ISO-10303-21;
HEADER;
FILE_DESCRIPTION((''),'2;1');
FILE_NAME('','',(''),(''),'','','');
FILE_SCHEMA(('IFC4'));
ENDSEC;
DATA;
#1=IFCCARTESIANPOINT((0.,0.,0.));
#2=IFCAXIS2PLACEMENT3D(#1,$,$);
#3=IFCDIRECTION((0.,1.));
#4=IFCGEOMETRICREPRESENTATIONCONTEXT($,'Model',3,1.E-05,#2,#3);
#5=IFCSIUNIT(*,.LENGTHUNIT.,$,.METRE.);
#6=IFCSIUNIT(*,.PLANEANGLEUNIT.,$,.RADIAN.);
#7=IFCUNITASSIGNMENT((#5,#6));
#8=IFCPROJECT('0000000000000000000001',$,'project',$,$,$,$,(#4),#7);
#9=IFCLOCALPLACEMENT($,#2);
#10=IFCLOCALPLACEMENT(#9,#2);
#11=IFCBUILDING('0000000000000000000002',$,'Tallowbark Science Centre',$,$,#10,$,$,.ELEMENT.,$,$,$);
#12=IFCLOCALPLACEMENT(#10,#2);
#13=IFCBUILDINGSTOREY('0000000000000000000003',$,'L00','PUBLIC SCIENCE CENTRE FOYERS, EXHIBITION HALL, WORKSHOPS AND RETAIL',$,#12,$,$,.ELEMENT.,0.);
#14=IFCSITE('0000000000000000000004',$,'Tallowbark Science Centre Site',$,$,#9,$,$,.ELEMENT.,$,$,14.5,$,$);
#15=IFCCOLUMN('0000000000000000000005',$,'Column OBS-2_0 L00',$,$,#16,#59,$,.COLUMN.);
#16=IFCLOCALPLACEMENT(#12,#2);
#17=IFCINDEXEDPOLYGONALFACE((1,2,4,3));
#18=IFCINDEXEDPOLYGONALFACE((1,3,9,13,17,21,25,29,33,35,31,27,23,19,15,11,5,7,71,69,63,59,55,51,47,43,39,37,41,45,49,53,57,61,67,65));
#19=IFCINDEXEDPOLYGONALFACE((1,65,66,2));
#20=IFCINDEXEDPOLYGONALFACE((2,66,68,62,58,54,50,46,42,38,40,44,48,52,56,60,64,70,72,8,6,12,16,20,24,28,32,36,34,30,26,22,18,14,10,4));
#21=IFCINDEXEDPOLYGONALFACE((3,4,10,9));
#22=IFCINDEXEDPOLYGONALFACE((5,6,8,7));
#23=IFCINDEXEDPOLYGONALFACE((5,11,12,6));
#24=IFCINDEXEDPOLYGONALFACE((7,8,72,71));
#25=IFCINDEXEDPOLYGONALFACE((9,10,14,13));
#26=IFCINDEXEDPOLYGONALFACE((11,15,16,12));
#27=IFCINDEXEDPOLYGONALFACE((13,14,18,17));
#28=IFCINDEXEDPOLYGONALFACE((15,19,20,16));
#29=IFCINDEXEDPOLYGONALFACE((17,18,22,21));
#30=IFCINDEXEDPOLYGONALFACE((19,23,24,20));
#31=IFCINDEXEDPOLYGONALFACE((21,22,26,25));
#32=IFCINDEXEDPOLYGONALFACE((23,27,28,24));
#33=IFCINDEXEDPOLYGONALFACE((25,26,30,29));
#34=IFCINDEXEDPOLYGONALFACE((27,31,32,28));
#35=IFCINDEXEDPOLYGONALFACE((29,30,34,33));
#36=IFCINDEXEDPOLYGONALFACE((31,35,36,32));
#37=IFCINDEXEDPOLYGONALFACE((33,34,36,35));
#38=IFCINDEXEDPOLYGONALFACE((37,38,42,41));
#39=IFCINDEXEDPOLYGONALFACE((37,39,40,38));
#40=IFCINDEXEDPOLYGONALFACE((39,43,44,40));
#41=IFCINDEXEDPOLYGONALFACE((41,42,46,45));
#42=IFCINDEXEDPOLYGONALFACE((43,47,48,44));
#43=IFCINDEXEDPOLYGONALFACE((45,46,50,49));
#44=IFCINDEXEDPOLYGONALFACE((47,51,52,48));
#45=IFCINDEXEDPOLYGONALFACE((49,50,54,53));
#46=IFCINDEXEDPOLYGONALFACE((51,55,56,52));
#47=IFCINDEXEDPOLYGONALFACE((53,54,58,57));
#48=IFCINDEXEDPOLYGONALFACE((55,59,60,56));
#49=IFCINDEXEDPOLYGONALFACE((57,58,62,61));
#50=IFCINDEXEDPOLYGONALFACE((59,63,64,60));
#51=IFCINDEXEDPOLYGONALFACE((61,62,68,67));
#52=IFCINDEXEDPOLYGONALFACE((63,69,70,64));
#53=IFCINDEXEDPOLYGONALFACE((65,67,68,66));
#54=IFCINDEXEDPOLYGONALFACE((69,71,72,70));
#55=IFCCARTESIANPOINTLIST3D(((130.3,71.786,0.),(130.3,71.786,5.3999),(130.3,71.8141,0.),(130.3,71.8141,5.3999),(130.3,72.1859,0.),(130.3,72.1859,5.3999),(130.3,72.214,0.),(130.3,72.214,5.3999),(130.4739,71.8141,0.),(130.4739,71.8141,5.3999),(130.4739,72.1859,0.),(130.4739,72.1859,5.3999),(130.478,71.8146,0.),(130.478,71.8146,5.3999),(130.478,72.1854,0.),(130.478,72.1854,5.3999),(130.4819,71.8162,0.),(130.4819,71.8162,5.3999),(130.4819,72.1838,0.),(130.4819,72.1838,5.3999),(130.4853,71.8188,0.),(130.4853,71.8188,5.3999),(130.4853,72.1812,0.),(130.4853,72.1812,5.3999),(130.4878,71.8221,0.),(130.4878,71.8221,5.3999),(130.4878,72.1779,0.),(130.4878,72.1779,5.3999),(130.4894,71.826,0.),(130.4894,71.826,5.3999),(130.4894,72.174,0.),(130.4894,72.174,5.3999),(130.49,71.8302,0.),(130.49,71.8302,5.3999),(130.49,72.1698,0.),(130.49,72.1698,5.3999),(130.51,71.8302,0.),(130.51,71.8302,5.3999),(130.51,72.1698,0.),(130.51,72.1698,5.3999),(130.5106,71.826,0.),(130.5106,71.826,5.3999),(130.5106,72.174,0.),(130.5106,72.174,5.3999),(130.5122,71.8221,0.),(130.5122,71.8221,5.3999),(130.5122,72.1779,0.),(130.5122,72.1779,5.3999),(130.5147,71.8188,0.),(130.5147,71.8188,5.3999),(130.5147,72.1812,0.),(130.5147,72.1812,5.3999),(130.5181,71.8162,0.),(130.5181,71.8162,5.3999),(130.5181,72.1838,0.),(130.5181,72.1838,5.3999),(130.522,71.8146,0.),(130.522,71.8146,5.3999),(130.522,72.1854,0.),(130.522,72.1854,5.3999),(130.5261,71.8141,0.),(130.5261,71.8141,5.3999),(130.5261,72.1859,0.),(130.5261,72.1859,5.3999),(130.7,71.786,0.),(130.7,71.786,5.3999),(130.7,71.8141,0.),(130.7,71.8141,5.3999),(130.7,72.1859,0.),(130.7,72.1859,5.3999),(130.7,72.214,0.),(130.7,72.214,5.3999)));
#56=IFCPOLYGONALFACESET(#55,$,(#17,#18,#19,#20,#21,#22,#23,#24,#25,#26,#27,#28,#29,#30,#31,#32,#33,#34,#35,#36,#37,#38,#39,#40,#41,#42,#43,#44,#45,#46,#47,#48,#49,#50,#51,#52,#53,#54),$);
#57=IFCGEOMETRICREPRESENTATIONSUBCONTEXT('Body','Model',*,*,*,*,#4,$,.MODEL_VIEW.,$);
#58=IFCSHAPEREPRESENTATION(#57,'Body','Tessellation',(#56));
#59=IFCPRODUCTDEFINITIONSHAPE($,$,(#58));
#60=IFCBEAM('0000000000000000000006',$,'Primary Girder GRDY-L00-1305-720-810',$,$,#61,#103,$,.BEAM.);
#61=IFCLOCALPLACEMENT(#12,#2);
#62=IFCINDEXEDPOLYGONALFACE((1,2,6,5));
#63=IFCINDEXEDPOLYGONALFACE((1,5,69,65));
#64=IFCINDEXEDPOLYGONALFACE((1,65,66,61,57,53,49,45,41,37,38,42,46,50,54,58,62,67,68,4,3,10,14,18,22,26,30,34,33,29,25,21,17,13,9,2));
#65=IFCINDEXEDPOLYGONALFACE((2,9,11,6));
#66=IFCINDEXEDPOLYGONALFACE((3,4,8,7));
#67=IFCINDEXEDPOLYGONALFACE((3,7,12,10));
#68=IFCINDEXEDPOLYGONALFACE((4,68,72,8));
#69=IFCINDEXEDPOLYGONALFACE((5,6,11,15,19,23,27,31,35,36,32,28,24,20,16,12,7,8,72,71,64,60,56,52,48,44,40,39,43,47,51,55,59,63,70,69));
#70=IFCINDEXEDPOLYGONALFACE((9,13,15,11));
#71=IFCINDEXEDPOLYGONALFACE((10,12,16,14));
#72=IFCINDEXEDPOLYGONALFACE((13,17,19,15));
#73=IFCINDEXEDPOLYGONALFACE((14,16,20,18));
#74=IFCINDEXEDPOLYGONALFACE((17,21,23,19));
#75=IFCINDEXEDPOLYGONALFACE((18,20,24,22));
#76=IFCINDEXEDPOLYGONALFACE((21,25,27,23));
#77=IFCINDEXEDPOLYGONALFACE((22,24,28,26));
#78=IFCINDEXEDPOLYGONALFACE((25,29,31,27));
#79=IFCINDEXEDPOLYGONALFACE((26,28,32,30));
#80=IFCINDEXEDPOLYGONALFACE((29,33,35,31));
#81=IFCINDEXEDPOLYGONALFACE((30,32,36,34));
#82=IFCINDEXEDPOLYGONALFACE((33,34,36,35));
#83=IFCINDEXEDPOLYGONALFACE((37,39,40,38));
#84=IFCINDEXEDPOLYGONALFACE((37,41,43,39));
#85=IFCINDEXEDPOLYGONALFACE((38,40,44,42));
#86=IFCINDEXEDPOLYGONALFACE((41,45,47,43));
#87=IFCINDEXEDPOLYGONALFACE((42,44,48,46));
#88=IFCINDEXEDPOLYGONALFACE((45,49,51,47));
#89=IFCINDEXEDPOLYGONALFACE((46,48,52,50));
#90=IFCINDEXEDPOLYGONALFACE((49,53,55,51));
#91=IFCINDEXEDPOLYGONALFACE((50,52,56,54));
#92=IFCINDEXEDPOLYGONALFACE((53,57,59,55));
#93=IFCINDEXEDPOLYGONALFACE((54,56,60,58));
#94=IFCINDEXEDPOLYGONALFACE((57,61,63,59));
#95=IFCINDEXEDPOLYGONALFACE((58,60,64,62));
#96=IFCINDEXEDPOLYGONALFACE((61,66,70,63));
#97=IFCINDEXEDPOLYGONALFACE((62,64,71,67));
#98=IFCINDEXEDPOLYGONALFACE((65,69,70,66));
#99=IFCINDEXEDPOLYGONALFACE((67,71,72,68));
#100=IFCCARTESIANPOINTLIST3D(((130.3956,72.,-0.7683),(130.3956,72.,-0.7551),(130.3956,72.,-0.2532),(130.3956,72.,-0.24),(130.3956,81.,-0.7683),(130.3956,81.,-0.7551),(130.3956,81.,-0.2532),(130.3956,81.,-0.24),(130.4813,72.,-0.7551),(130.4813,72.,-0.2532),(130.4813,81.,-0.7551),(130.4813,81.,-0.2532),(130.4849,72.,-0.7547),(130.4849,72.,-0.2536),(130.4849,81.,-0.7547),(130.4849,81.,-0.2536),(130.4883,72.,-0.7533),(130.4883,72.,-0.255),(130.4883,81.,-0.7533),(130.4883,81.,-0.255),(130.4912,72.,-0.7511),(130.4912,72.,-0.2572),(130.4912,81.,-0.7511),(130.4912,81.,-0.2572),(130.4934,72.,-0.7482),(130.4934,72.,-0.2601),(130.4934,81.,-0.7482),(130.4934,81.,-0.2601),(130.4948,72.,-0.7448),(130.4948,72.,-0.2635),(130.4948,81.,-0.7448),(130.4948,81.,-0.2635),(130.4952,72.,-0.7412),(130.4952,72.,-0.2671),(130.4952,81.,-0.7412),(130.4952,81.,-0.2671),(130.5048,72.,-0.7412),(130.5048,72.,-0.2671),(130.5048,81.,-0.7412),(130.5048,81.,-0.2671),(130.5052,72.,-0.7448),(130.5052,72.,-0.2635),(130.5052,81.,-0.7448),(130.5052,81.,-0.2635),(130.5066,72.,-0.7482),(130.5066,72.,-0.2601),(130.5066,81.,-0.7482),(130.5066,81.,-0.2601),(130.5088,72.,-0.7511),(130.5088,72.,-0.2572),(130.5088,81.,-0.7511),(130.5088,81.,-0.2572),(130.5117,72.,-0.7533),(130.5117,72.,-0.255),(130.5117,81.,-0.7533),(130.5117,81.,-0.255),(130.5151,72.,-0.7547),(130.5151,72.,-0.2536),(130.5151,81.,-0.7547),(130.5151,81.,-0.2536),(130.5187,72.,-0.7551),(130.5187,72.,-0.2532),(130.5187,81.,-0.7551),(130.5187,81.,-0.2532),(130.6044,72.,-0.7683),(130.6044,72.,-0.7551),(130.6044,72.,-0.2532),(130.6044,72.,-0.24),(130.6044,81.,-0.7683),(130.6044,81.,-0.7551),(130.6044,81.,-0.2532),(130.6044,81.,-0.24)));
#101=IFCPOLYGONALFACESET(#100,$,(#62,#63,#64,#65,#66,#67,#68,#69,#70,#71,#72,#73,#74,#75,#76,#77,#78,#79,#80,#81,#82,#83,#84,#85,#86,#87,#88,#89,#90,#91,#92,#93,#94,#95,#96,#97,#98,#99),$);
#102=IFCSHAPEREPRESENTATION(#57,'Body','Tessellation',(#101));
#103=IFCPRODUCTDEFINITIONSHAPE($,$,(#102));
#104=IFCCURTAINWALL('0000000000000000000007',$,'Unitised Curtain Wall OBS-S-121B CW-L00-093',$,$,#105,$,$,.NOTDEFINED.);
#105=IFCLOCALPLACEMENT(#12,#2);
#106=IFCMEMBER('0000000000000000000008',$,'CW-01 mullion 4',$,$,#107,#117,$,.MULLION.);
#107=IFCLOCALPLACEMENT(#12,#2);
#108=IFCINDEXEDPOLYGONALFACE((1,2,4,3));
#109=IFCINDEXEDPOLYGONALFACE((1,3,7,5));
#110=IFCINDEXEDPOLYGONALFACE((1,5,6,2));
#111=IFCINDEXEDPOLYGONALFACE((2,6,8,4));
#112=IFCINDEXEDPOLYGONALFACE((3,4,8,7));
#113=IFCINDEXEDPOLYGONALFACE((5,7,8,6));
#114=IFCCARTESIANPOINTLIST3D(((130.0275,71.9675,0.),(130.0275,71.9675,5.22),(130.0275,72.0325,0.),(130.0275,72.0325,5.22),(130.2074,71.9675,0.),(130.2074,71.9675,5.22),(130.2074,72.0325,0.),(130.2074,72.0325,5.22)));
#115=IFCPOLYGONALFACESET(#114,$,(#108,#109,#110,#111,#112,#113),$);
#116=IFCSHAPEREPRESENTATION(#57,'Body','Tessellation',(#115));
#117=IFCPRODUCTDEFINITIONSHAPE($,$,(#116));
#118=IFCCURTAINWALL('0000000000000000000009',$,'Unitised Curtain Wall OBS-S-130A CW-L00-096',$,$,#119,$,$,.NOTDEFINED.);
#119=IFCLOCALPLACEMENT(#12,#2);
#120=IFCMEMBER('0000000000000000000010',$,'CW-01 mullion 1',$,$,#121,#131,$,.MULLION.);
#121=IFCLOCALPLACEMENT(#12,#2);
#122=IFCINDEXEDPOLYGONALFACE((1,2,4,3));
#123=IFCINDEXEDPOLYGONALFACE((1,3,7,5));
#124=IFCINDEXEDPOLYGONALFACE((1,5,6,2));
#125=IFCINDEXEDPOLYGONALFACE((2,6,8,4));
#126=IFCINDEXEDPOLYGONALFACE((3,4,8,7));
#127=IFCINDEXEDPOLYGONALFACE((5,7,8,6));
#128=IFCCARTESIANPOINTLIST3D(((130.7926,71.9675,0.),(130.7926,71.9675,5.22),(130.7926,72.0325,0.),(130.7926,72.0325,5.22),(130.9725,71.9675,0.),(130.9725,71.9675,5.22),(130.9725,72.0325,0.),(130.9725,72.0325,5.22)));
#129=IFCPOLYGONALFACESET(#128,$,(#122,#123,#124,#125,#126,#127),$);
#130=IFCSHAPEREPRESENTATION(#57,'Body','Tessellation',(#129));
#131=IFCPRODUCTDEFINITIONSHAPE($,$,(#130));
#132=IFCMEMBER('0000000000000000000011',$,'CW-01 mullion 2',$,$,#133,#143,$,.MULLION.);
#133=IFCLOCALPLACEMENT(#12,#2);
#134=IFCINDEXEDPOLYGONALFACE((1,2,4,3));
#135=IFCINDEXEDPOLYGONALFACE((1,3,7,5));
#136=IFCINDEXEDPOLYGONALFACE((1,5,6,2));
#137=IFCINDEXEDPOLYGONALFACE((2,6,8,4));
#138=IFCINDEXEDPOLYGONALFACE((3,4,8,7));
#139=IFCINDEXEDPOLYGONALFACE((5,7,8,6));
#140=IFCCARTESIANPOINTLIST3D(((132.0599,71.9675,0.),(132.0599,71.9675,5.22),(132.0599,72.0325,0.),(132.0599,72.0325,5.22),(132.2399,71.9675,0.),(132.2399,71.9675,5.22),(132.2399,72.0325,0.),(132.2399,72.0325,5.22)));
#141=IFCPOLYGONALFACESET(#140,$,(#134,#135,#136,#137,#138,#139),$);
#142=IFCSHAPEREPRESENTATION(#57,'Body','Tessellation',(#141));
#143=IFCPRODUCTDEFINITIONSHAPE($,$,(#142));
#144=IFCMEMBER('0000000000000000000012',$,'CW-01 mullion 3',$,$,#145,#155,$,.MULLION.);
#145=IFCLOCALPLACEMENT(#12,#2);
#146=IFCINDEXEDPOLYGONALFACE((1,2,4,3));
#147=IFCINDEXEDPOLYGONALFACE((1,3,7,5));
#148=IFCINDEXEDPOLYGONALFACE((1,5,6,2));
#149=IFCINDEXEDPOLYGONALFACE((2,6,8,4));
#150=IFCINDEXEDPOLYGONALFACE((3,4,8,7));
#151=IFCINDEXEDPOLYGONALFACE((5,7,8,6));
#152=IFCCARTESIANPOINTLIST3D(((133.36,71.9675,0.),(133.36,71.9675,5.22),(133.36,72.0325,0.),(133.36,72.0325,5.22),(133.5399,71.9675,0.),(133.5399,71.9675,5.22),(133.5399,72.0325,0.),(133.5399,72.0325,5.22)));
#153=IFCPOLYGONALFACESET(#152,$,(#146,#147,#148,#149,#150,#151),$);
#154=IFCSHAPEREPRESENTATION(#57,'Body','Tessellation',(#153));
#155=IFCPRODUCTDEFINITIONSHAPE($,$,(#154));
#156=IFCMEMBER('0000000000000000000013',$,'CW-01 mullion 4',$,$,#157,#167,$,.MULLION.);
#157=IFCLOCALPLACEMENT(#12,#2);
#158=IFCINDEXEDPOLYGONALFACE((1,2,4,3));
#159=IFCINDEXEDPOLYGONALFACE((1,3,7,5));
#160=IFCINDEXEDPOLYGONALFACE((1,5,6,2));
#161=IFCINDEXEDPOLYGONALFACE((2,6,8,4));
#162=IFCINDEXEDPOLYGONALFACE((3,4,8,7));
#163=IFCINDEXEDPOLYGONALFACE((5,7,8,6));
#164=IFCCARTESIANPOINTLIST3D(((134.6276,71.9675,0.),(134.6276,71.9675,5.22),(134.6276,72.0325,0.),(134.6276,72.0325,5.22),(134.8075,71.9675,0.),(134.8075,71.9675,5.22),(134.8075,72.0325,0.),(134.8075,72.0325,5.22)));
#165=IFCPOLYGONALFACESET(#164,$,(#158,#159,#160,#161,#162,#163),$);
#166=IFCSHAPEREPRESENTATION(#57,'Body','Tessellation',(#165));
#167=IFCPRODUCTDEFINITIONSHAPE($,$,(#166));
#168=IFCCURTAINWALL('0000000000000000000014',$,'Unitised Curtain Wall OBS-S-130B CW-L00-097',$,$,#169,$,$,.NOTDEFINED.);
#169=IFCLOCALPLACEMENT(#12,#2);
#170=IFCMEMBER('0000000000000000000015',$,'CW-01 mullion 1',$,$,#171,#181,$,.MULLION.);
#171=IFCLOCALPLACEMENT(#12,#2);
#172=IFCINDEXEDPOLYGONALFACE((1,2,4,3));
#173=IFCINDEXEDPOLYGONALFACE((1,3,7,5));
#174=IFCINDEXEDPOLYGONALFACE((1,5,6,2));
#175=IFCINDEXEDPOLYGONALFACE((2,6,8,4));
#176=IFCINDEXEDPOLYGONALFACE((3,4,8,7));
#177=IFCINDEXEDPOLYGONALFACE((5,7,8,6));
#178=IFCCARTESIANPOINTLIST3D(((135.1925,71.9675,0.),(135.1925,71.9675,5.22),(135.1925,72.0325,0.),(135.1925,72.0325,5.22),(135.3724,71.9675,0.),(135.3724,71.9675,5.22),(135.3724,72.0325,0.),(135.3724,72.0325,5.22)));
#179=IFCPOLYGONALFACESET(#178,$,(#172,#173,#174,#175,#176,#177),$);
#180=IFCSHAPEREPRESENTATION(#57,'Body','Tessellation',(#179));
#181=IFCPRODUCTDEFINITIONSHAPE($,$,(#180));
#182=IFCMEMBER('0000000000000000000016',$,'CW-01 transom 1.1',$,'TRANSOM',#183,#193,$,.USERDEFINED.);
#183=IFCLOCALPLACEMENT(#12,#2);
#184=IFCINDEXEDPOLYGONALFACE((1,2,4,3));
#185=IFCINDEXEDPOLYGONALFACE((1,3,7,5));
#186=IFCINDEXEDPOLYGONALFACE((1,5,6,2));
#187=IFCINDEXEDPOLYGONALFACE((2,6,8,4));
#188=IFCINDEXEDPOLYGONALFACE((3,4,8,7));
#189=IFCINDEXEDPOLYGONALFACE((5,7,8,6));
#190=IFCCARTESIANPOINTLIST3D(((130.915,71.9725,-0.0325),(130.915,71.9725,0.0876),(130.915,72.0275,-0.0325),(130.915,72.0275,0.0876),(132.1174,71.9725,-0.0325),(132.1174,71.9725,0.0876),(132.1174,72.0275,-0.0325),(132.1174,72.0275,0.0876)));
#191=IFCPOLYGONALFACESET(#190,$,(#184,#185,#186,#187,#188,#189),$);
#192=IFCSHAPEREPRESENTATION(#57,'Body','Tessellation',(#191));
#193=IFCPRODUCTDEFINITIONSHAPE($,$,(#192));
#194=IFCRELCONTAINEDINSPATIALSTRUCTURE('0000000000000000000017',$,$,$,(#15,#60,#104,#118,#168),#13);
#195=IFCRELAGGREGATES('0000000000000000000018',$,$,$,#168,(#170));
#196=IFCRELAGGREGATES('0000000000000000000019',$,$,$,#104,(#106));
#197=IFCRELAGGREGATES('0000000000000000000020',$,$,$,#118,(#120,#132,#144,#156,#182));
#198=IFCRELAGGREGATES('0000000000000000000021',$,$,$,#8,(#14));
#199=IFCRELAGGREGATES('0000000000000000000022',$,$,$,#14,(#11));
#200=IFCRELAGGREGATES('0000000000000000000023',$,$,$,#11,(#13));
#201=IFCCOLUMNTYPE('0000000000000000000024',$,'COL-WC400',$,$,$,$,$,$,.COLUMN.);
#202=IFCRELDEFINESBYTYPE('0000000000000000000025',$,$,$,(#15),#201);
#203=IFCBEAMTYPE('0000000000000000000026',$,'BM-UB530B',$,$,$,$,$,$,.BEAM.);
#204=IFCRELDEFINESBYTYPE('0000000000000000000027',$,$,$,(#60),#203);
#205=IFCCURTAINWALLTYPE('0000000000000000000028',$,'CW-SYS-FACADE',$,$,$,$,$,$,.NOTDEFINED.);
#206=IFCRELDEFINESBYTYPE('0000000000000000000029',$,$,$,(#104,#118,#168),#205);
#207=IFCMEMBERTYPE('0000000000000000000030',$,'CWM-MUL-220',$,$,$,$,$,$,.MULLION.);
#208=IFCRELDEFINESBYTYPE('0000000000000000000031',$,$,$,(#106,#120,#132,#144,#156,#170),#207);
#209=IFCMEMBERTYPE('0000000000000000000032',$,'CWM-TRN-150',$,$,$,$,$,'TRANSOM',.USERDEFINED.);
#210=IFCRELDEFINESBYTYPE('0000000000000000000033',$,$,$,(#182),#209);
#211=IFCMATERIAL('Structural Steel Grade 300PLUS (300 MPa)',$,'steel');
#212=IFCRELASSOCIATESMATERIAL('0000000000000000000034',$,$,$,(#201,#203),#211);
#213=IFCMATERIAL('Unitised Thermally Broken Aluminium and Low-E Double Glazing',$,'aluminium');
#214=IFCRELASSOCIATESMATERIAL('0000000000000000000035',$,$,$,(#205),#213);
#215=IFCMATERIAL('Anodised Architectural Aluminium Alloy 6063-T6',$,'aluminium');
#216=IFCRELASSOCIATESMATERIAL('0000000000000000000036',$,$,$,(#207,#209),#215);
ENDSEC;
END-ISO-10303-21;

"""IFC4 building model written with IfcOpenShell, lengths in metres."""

from ifc_helpers import new_model, si_unit, direction, frame, origin, origin_2d, place, context, subcontext, project, spatial, rectangle, i_section, extrude, material, material_profile, profile_set, type_object, element, aggregate, save


model = new_model("IFC4")

# Units and contexts
model_context = context("Model", 3, precision=1e-05, world=origin(), true_north=direction((0.0, 1.0)))
body_context = subcontext(model_context, "Body", "Model", "MODEL_VIEW")
ifc_project = project(units=[si_unit("LENGTHUNIT", "METRE"), si_unit("PLANEANGLEUNIT", "RADIAN")], contexts=[model_context])

# Site, building, storey
site_placement = place(None, origin())
site = spatial("IfcSite", under=ifc_project, at=site_placement, Name="Tallowbark Science Centre Site", CompositionType="ELEMENT", RefElevation=14.5)
building_placement = place(site_placement, origin())
building = spatial("IfcBuilding", under=site, at=building_placement, Name="Tallowbark Science Centre", CompositionType="ELEMENT")
storey_placement = place(building_placement, origin())
storey = spatial("IfcBuildingStorey", under=building, at=storey_placement, Name="L00", Description="PUBLIC SCIENCE CENTRE FOYERS, EXHIBITION HALL, WORKSHOPS AND RETAIL", CompositionType="ELEMENT", Elevation=0.0)

# Column
ifc_material_1 = material(Name="Structural Steel Grade 300PLUS (300 MPa)", Category="steel")
ifc_material_profile_1 = material_profile(ifc_material_1, i_section(OverallWidth=0.3999, OverallDepth=0.428, WebThickness=0.02, FlangeThickness=0.0281, FilletRadius=0.0161, at=origin_2d()), Name="400WC270")
ifc_profile_set_1 = profile_set([ifc_material_profile_1], Name="Structural Steel Grade 300PLUS (300 MPa)")
column_type = type_object("IfcColumnType", Name="COL-WC400", PredefinedType="COLUMN", material=ifc_profile_set_1)
column_placement = place(storey_placement, frame((130.5, 72.0, 0.0), z_axis=(0.0, 0.0, 1.0), x_axis=(1.0, 0.0, 0.0)))
element("IfcColumn", 1, at=column_placement, inside=storey, type_object=column_type, Name="Column OBS-2_0 L00", PredefinedType="COLUMN", context=body_context, shape_type="SweptSolid", body=[
    extrude(i_section(OverallWidth=0.3999, OverallDepth=0.428, WebThickness=0.02, FlangeThickness=0.0281, FilletRadius=0.0161, at=origin_2d()), origin(), (0.0, 0.0, 1.0), 5.3999),
])

# Beam
ifc_material_profile_2 = material_profile(ifc_material_1, i_section(OverallWidth=0.2087, OverallDepth=0.5283, WebThickness=0.0095, FlangeThickness=0.0132, FilletRadius=0.0139, at=origin_2d()), Name="530UB82.0")
ifc_profile_set_2 = profile_set([ifc_material_profile_2], Name="Structural Steel Grade 300PLUS (300 MPa)")
beam_type_1 = type_object("IfcBeamType", Name="BM-UB530B", PredefinedType="BEAM", material=ifc_profile_set_2)
beam_1_placement = place(storey_placement, frame((130.5, 72.0, -0.5042), z_axis=(0.0, 1.0, 0.0), x_axis=(-1.0, 0.0, 0.0)))
element("IfcBeam", 2, at=beam_1_placement, inside=storey, type_object=beam_type_1, Name="Primary Girder GRDY-L00-1305-720-810", PredefinedType="BEAM", context=body_context, shape_type="SweptSolid", body=[
    extrude(i_section(OverallWidth=0.2087, OverallDepth=0.5283, WebThickness=0.0095, FlangeThickness=0.0132, FilletRadius=0.0139, at=origin_2d()), origin(), (0.0, 0.0, 1.0), 9.0),
])

# Curtain wall, member
ifc_material_2 = material(Name="Unitised Thermally Broken Aluminium and Low-E Double Glazing", Category="aluminium")
curtain_wall_type = type_object("IfcCurtainWallType", Name="CW-SYS-FACADE", PredefinedType="NOTDEFINED", material=ifc_material_2)
curtain_wall_1_placement = place(storey_placement, origin())
curtain_wall_1 = element("IfcCurtainWall", 3, at=curtain_wall_1_placement, inside=storey, type_object=curtain_wall_type, Name="Unitised Curtain Wall OBS-S-121B CW-L00-093", PredefinedType="NOTDEFINED")
ifc_material_3 = material(Name="Anodised Architectural Aluminium Alloy 6063-T6", Category="aluminium")
ifc_material_profile_3 = material_profile(ifc_material_3, rectangle(XDim=0.0649, YDim=0.1799, at=origin_2d()), Name="ALU65x180")
ifc_profile_set_3 = profile_set([ifc_material_profile_3], Name="Anodised Architectural Aluminium Alloy 6063-T6")
member_type_1 = type_object("IfcMemberType", Name="CWM-MUL-220", PredefinedType="MULLION", material=ifc_profile_set_3)
member_1_placement = place(storey_placement, frame((130.1174, 72.0, 0.0), z_axis=(0.0, 0.0, 1.0), x_axis=(0.0, 1.0, 0.0)))
member_1 = element("IfcMember", 4, at=member_1_placement, type_object=member_type_1, Name="CW-01 mullion 4", PredefinedType="MULLION", context=body_context, shape_type="SweptSolid", body=[
    extrude(rectangle(XDim=0.0649, YDim=0.1799, at=origin_2d()), origin(), (0.0, 0.0, 1.0), 5.22),
])

# Curtain wall, members
curtain_wall_2_placement = place(storey_placement, origin())
curtain_wall_2 = element("IfcCurtainWall", 5, at=curtain_wall_2_placement, inside=storey, type_object=curtain_wall_type, Name="Unitised Curtain Wall OBS-S-130A CW-L00-096", PredefinedType="NOTDEFINED")
member_2_placement = place(storey_placement, frame((130.8826, 72.0, 0.0), z_axis=(0.0, 0.0, 1.0), x_axis=(0.0, 1.0, 0.0)))
member_2 = element("IfcMember", 6, at=member_2_placement, type_object=member_type_1, Name="CW-01 mullion 1", PredefinedType="MULLION", context=body_context, shape_type="SweptSolid", body=[
    extrude(rectangle(XDim=0.0649, YDim=0.1799, at=origin_2d()), origin(), (0.0, 0.0, 1.0), 5.22),
])
member_3_placement = place(storey_placement, frame((132.1499, 72.0, 0.0), z_axis=(0.0, 0.0, 1.0), x_axis=(0.0, 1.0, 0.0)))
member_3 = element("IfcMember", 7, at=member_3_placement, type_object=member_type_1, Name="CW-01 mullion 2", PredefinedType="MULLION", context=body_context, shape_type="SweptSolid", body=[
    extrude(rectangle(XDim=0.0649, YDim=0.1799, at=origin_2d()), origin(), (0.0, 0.0, 1.0), 5.22),
])
member_4_placement = place(storey_placement, frame((133.45, 72.0, 0.0), z_axis=(0.0, 0.0, 1.0), x_axis=(0.0, 1.0, 0.0)))
member_4 = element("IfcMember", 8, at=member_4_placement, type_object=member_type_1, Name="CW-01 mullion 3", PredefinedType="MULLION", context=body_context, shape_type="SweptSolid", body=[
    extrude(rectangle(XDim=0.0649, YDim=0.1799, at=origin_2d()), origin(), (0.0, 0.0, 1.0), 5.22),
])
member_5_placement = place(storey_placement, frame((134.7175, 72.0, 0.0), z_axis=(0.0, 0.0, 1.0), x_axis=(0.0, 1.0, 0.0)))
member_5 = element("IfcMember", 9, at=member_5_placement, type_object=member_type_1, Name="CW-01 mullion 4", PredefinedType="MULLION", context=body_context, shape_type="SweptSolid", body=[
    extrude(rectangle(XDim=0.0649, YDim=0.1799, at=origin_2d()), origin(), (0.0, 0.0, 1.0), 5.22),
])

# Curtain wall, member
curtain_wall_3_placement = place(storey_placement, origin())
curtain_wall_3 = element("IfcCurtainWall", 10, at=curtain_wall_3_placement, inside=storey, type_object=curtain_wall_type, Name="Unitised Curtain Wall OBS-S-130B CW-L00-097", PredefinedType="NOTDEFINED")
member_6_placement = place(storey_placement, frame((135.2825, 72.0, 0.0), z_axis=(0.0, 0.0, 1.0), x_axis=(0.0, 1.0, 0.0)))
member_6 = element("IfcMember", 11, at=member_6_placement, type_object=member_type_1, Name="CW-01 mullion 1", PredefinedType="MULLION", context=body_context, shape_type="SweptSolid", body=[
    extrude(rectangle(XDim=0.0649, YDim=0.1799, at=origin_2d()), origin(), (0.0, 0.0, 1.0), 5.22),
])
aggregate(curtain_wall_3, [member_6])

# Member
ifc_material_profile_4 = material_profile(ifc_material_3, rectangle(XDim=0.0549, YDim=0.1201, at=origin_2d()), Name="ALU55x120")
ifc_profile_set_4 = profile_set([ifc_material_profile_4], Name="Anodised Architectural Aluminium Alloy 6063-T6")
member_type_2 = type_object("IfcMemberType", Name="CWM-TRN-150", ElementType="TRANSOM", PredefinedType="USERDEFINED", material=ifc_profile_set_4)
member_7_placement = place(storey_placement, frame((130.915, 72.0, 0.0276), z_axis=(1.0, 0.0, 0.0), x_axis=(0.0, 1.0, 0.0)))
member_7 = element("IfcMember", 12, at=member_7_placement, type_object=member_type_2, Name="CW-01 transom 1.1", ObjectType="TRANSOM", PredefinedType="USERDEFINED", context=body_context, shape_type="SweptSolid", body=[
    extrude(rectangle(XDim=0.0549, YDim=0.1201, at=origin_2d()), origin(), (0.0, 0.0, 1.0), 1.2024),
])

aggregate(curtain_wall_1, [member_1])
aggregate(curtain_wall_2, [member_2, member_3, member_4, member_5, member_7])

save(model, "model.ifc")
